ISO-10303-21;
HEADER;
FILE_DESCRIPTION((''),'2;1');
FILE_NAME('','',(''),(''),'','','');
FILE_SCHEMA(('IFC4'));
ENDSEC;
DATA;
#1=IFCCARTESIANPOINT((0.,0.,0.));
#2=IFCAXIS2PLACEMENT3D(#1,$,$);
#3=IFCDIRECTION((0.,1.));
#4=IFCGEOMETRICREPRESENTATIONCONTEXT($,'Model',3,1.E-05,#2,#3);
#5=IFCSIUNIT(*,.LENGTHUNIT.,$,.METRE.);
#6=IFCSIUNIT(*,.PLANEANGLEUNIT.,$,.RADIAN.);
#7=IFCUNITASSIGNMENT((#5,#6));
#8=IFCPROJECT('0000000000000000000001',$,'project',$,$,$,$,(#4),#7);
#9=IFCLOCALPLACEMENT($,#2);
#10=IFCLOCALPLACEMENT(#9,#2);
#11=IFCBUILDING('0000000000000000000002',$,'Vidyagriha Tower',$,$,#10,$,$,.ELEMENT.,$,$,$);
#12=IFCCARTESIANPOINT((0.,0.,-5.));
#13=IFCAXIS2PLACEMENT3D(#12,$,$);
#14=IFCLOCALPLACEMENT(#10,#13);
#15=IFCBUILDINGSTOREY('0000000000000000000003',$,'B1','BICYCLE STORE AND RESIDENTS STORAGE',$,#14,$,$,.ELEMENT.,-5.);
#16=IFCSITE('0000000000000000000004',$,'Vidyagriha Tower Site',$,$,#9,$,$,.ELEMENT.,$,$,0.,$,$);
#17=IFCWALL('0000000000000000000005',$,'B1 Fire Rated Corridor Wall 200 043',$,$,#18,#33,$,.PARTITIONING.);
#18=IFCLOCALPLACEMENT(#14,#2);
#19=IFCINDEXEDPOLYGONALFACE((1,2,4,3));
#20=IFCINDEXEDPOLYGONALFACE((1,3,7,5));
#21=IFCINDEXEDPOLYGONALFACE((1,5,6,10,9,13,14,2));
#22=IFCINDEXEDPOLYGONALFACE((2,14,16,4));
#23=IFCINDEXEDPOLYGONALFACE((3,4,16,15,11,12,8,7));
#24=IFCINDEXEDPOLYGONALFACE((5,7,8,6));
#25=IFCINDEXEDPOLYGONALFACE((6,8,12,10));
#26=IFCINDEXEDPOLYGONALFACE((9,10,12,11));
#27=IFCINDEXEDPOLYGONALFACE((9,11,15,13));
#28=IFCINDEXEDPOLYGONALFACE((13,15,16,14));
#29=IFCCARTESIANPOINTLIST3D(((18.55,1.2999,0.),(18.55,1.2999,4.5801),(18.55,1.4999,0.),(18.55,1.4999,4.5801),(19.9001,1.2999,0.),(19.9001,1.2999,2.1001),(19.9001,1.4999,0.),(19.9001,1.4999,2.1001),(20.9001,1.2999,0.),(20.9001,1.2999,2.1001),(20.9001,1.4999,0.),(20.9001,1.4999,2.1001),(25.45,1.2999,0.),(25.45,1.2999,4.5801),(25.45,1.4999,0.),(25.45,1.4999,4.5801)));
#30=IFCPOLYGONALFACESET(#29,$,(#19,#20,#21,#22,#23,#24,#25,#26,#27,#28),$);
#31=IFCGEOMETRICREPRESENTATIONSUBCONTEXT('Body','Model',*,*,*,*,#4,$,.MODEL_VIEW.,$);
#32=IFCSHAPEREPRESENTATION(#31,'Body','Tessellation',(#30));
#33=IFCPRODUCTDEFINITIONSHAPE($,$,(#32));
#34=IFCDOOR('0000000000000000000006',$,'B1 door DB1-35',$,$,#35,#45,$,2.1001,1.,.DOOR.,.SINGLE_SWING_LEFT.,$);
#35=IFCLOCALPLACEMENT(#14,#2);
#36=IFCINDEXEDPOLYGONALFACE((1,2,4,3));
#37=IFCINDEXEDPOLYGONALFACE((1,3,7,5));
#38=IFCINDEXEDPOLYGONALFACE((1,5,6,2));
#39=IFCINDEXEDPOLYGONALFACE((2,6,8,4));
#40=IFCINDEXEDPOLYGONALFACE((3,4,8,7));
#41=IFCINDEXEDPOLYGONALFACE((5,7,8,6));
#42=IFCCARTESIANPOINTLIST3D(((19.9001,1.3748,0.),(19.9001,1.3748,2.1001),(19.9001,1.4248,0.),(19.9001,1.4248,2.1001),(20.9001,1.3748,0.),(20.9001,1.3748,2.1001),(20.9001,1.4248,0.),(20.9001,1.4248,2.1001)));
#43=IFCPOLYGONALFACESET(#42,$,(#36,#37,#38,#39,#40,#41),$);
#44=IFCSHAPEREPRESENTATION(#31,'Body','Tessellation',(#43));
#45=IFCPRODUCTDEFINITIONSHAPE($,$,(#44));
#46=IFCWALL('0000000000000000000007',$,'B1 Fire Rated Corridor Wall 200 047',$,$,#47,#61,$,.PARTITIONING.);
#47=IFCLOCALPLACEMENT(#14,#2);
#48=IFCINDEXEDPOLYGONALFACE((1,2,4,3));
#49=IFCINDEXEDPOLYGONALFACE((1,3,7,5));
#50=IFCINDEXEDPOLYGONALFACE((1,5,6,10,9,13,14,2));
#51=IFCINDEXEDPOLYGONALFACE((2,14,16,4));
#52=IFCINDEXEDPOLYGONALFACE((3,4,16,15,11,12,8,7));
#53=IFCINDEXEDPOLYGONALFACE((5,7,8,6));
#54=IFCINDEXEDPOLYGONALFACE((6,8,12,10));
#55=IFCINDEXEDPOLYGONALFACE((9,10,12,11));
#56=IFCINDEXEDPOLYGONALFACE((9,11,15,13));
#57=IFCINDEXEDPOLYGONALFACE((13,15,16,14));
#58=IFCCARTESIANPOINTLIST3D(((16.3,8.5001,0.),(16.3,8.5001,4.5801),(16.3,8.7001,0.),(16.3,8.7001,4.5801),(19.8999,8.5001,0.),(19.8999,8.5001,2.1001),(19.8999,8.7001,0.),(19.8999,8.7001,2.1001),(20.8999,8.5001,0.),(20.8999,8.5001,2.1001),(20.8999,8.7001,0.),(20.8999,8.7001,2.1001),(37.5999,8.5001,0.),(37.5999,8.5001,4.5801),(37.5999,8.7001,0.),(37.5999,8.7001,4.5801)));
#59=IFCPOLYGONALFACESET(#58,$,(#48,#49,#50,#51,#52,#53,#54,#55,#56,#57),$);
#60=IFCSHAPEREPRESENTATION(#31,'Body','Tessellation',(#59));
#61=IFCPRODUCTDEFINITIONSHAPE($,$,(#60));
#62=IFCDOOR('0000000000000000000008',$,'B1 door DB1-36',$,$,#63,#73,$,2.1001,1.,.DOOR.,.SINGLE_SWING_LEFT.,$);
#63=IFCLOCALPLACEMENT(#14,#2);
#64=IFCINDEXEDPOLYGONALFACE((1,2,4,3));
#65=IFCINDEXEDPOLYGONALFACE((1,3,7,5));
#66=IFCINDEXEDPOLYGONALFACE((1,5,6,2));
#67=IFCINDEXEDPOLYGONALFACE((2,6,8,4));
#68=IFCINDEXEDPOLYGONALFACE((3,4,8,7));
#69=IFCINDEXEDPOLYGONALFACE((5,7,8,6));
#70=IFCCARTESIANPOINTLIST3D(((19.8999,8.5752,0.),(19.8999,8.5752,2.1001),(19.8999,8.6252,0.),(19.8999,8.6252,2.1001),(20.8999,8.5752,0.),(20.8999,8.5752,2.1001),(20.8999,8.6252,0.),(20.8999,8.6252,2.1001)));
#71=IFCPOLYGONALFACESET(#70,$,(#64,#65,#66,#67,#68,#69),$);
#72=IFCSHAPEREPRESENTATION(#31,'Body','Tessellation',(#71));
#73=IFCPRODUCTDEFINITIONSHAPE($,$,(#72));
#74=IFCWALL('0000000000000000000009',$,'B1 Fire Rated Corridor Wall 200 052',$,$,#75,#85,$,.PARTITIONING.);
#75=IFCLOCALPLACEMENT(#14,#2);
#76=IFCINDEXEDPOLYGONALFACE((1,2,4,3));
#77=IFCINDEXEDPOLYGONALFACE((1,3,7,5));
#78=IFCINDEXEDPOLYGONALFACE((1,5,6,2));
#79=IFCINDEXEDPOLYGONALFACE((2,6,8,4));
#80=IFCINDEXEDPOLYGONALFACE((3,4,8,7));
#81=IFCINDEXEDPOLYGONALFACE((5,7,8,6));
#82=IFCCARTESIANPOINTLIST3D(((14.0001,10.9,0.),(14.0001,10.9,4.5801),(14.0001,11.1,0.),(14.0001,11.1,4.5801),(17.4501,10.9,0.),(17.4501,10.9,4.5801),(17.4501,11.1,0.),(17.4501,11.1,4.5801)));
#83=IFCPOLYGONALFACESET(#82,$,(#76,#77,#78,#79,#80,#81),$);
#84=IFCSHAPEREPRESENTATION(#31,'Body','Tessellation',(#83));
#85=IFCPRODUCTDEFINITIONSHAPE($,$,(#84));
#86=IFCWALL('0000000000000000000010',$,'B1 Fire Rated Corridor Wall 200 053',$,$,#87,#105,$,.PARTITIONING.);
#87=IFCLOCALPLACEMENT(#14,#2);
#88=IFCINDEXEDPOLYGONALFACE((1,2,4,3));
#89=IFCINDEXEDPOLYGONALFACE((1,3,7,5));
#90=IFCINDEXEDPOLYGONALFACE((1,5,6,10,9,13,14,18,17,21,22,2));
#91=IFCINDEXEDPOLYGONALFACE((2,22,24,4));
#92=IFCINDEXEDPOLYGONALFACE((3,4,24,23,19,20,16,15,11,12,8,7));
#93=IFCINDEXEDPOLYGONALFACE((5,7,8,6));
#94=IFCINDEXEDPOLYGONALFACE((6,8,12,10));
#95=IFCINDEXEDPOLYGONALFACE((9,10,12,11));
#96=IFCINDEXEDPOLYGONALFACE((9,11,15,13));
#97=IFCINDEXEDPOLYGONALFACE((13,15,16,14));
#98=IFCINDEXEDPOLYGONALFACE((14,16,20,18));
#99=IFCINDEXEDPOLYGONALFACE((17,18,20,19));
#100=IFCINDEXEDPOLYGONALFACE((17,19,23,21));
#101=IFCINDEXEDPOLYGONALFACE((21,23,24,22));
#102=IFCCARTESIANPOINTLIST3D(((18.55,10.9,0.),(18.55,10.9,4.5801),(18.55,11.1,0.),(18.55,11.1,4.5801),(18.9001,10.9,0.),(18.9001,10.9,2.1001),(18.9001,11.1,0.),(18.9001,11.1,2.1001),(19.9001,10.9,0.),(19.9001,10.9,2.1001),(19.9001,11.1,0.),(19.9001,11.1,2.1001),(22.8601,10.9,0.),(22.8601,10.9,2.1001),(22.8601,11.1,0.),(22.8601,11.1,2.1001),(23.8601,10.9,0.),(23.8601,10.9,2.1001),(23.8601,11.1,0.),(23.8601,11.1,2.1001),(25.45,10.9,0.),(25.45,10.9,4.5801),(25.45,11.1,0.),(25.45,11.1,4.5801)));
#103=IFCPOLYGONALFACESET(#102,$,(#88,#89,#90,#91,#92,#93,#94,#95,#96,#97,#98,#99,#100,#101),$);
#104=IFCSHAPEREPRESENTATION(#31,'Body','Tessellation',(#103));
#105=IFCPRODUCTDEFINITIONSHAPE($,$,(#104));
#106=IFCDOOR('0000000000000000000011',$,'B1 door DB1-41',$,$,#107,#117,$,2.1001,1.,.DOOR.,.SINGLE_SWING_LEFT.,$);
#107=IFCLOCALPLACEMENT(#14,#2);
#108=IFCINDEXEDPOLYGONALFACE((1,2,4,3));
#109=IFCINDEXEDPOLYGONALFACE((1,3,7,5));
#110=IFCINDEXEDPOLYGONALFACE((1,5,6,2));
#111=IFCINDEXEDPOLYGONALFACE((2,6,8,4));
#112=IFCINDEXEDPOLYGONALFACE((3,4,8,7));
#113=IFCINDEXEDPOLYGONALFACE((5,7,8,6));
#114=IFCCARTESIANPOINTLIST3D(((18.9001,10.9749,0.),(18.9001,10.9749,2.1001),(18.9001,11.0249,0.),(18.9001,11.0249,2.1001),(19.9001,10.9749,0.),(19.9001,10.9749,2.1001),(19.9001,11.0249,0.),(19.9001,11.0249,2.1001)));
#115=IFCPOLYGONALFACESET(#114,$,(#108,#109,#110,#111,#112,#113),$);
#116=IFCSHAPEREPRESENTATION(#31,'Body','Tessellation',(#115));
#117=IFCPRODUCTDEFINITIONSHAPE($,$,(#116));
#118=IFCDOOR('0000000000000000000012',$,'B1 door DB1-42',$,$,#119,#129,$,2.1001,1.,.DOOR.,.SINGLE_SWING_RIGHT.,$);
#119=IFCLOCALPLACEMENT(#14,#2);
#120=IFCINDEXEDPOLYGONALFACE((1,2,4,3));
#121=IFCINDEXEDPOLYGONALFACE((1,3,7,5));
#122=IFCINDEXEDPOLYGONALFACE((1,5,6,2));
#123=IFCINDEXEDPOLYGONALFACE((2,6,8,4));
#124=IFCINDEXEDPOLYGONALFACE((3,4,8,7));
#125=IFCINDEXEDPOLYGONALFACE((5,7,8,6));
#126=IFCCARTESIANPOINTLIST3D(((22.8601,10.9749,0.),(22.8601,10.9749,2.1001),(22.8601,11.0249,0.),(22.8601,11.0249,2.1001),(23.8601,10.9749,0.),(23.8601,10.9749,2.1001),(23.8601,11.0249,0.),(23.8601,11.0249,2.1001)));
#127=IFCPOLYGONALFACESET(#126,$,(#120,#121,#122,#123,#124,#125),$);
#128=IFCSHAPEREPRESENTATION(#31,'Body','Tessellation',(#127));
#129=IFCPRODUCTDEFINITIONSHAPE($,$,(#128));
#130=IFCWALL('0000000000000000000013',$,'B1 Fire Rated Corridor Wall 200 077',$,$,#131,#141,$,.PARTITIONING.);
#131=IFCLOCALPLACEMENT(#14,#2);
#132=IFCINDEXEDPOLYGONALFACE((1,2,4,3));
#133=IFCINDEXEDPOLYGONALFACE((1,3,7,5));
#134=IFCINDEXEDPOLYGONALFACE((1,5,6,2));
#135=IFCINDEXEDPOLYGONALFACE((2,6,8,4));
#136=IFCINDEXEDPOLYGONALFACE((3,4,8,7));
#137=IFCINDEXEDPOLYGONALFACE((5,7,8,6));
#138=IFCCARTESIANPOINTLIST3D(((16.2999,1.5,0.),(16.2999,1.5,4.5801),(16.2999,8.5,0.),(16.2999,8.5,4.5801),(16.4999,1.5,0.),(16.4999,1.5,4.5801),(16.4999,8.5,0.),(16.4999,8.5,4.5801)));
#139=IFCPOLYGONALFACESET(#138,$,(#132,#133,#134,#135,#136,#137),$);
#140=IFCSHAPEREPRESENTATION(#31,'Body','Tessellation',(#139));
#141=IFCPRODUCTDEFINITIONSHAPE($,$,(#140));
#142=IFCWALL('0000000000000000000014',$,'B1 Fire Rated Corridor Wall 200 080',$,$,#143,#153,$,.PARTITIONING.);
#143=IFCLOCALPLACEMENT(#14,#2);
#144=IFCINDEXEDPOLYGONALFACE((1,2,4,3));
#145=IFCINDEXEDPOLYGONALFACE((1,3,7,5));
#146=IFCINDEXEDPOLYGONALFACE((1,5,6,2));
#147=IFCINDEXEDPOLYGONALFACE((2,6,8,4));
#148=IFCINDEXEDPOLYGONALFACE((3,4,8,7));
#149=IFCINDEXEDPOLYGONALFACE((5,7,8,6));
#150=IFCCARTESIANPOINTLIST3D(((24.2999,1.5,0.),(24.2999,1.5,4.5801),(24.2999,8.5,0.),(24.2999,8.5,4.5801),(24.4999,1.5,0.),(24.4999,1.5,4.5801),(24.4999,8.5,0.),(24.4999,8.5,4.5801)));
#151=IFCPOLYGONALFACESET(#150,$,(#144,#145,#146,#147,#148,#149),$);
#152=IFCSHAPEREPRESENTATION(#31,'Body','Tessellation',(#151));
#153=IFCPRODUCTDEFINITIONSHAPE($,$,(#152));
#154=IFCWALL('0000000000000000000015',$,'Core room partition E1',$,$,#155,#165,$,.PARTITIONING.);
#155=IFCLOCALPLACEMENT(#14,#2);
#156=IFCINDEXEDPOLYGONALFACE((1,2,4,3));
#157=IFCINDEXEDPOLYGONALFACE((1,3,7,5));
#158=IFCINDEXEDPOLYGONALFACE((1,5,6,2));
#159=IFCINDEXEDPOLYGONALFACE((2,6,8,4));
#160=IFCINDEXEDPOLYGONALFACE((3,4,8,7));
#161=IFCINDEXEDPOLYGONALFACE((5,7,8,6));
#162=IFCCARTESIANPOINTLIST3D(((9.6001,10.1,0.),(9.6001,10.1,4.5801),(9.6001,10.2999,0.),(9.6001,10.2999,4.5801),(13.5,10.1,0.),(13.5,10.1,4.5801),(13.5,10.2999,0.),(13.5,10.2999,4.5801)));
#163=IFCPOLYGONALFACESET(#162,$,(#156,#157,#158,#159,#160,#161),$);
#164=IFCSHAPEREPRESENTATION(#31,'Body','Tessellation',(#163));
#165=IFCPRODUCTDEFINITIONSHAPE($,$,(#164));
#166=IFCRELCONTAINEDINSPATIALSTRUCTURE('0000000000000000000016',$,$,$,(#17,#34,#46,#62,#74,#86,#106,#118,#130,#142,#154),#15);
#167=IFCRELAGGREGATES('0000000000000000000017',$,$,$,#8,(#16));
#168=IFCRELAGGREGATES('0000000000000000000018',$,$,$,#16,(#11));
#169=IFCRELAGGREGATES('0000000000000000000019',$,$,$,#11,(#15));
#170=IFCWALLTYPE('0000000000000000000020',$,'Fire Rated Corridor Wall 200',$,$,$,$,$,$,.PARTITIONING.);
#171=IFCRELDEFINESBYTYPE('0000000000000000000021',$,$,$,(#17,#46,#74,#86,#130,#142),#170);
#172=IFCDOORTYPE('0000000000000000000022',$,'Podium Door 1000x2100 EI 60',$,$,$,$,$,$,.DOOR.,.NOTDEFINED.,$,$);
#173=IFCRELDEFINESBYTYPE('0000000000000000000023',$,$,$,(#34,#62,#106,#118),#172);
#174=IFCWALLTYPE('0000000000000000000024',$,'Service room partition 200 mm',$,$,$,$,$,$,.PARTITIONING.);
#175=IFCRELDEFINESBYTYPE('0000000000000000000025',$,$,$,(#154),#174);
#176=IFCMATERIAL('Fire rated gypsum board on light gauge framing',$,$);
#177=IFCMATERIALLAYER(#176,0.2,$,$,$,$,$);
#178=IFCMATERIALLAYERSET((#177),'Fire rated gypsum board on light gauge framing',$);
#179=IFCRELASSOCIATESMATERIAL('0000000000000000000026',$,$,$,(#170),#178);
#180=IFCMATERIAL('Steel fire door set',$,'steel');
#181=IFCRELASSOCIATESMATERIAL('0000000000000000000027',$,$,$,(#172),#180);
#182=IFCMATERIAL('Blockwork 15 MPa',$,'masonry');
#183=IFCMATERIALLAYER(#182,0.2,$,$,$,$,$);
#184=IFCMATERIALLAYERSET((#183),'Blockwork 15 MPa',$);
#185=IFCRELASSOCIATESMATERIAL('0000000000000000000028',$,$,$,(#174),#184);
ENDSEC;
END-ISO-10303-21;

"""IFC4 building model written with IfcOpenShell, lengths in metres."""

from ifc_helpers import new_model, si_unit, direction, frame, frame_2d, origin, place, context, subcontext, project, spatial, rectangle, extrude, material, layer, layer_set, type_object, element, fill, save


model = new_model("IFC4")

# Units and contexts
model_context = context("Model", 3, precision=1e-05, world=origin(), true_north=direction((0.0, 1.0)))
body_context = subcontext(model_context, "Body", "Model", "MODEL_VIEW")
ifc_project = project(units=[si_unit("LENGTHUNIT", "METRE"), si_unit("PLANEANGLEUNIT", "RADIAN")], contexts=[model_context])

# Site, building, storey
site_placement = place(None, origin())
site = spatial("IfcSite", under=ifc_project, at=site_placement, Name="Vidyagriha Tower Site", CompositionType="ELEMENT", RefElevation=0.0)
building_placement = place(site_placement, origin())
building = spatial("IfcBuilding", under=site, at=building_placement, Name="Vidyagriha Tower", CompositionType="ELEMENT")
storey_placement = place(building_placement, frame((0.0, 0.0, -5.0)))
storey = spatial("IfcBuildingStorey", under=building, at=storey_placement, Name="B1", Description="BICYCLE STORE AND RESIDENTS STORAGE", CompositionType="ELEMENT", Elevation=-5.0)

# Shared definitions
ifc_material_1 = material(Name="Fire rated gypsum board on light gauge framing")
ifc_layer_1 = layer(ifc_material_1, 0.2)
ifc_layer_set_1 = layer_set([ifc_layer_1], Name="Fire rated gypsum board on light gauge framing")
wall_type_1 = type_object("IfcWallType", Name="Fire Rated Corridor Wall 200", PredefinedType="PARTITIONING", material=ifc_layer_set_1)

# Walls, openings, doors
wall_1_placement = place(storey_placement, frame((18.55, 1.3999, 0.0)))
wall_1 = element("IfcWall", 1, at=wall_1_placement, inside=storey, type_object=wall_type_1, Name="B1 Fire Rated Corridor Wall 200 043", PredefinedType="PARTITIONING", context=body_context, shape_type="SweptSolid", body=[
    extrude(rectangle(XDim=6.8999, YDim=0.2, at=frame_2d((3.45, 0.0))), origin(), (0.0, 0.0, 1.0), 4.5801),
])
opening_1_placement = place(wall_1_placement, frame((1.3501, 0.0, 0.0)))
opening_1 = element("IfcOpeningElement", 2, at=opening_1_placement, cuts=wall_1, PredefinedType="OPENING", context=body_context, shape_type="SweptSolid", body=[
    extrude(rectangle(XDim=1.0, YDim=2.1001, at=frame_2d((0.5, 1.05))), frame((0.0, 0.1099, 0.0), z_axis=(0.0, -1.0, 0.0), x_axis=(1.0, 0.0, 0.0)), (0.0, 0.0, 1.0), 0.22),
])
ifc_material_2 = material(Name="Steel fire door set", Category="steel")
door_type_1 = type_object("IfcDoorType", Name="Podium Door 1000x2100 EI 60", OperationType="NOTDEFINED", PredefinedType="DOOR", material=ifc_material_2)
door_1_placement = place(opening_1_placement, origin())
door_1 = element("IfcDoor", 3, at=door_1_placement, inside=storey, type_object=door_type_1, Name="B1 door DB1-35", OperationType="SINGLE_SWING_LEFT", OverallHeight=2.1001, OverallWidth=1.0, PredefinedType="DOOR", context=body_context, shape_type="SweptSolid", body=[
    extrude(rectangle(XDim=1.0, YDim=2.1001, at=frame_2d((0.5, 1.05))), frame((0.0, 0.0249, 0.0), z_axis=(0.0, -1.0, 0.0), x_axis=(1.0, 0.0, 0.0)), (0.0, 0.0, 1.0), 0.05),
])
fill(opening_1, door_1)
wall_2_placement = place(storey_placement, frame((16.3, 8.6001, 0.0)))
wall_2 = element("IfcWall", 4, at=wall_2_placement, inside=storey, type_object=wall_type_1, Name="B1 Fire Rated Corridor Wall 200 047", PredefinedType="PARTITIONING", context=body_context, shape_type="SweptSolid", body=[
    extrude(rectangle(XDim=21.2998, YDim=0.2, at=frame_2d((10.6499, 0.0))), origin(), (0.0, 0.0, 1.0), 4.5801),
])
opening_2_placement = place(wall_2_placement, frame((3.5999, 0.0, 0.0)))
opening_2 = element("IfcOpeningElement", 5, at=opening_2_placement, cuts=wall_2, PredefinedType="OPENING", context=body_context, shape_type="SweptSolid", body=[
    extrude(rectangle(XDim=1.0, YDim=2.1001, at=frame_2d((0.5, 1.05))), frame((0.0, 0.1099, 0.0), z_axis=(0.0, -1.0, 0.0), x_axis=(1.0, 0.0, 0.0)), (0.0, 0.0, 1.0), 0.22),
])
door_2_placement = place(opening_2_placement, frame((1.0, 0.0, 0.0), z_axis=(0.0, 0.0, 1.0), x_axis=(-1.0, 0.0, 0.0)))
door_2 = element("IfcDoor", 6, at=door_2_placement, inside=storey, type_object=door_type_1, Name="B1 door DB1-36", OperationType="SINGLE_SWING_LEFT", OverallHeight=2.1001, OverallWidth=1.0, PredefinedType="DOOR", context=body_context, shape_type="SweptSolid", body=[
    extrude(rectangle(XDim=1.0, YDim=2.1001, at=frame_2d((0.5, 1.05))), frame((0.0, 0.0249, 0.0), z_axis=(0.0, -1.0, 0.0), x_axis=(1.0, 0.0, 0.0)), (0.0, 0.0, 1.0), 0.05),
])
fill(opening_2, door_2)

# Wall
wall_3_placement = place(storey_placement, frame((14.0, 11.0, 0.0)))
element("IfcWall", 7, at=wall_3_placement, inside=storey, type_object=wall_type_1, Name="B1 Fire Rated Corridor Wall 200 052", PredefinedType="PARTITIONING", context=body_context, shape_type="SweptSolid", body=[
    extrude(rectangle(XDim=3.45, YDim=0.2, at=frame_2d((1.7251, 0.0))), origin(), (0.0, 0.0, 1.0), 4.5801),
])

# Wall, openings, doors
wall_4_placement = place(storey_placement, frame((18.55, 11.0, 0.0)))
wall_4 = element("IfcWall", 8, at=wall_4_placement, inside=storey, type_object=wall_type_1, Name="B1 Fire Rated Corridor Wall 200 053", PredefinedType="PARTITIONING", context=body_context, shape_type="SweptSolid", body=[
    extrude(rectangle(XDim=6.8999, YDim=0.2, at=frame_2d((3.45, 0.0))), origin(), (0.0, 0.0, 1.0), 4.5801),
])
opening_3_placement = place(wall_4_placement, frame((0.3501, 0.0, 0.0)))
opening_3 = element("IfcOpeningElement", 9, at=opening_3_placement, cuts=wall_4, PredefinedType="OPENING", context=body_context, shape_type="SweptSolid", body=[
    extrude(rectangle(XDim=1.0, YDim=2.1001, at=frame_2d((0.5, 1.05))), frame((0.0, 0.1099, 0.0), z_axis=(0.0, -1.0, 0.0), x_axis=(1.0, 0.0, 0.0)), (0.0, 0.0, 1.0), 0.22),
])
opening_4_placement = place(wall_4_placement, frame((4.3101, 0.0, 0.0)))
opening_4 = element("IfcOpeningElement", 10, at=opening_4_placement, cuts=wall_4, PredefinedType="OPENING", context=body_context, shape_type="SweptSolid", body=[
    extrude(rectangle(XDim=1.0, YDim=2.1001, at=frame_2d((0.5, 1.05))), frame((0.0, 0.1099, 0.0), z_axis=(0.0, -1.0, 0.0), x_axis=(1.0, 0.0, 0.0)), (0.0, 0.0, 1.0), 0.22),
])
door_3_placement = place(opening_3_placement, origin())
door_3 = element("IfcDoor", 11, at=door_3_placement, inside=storey, type_object=door_type_1, Name="B1 door DB1-41", OperationType="SINGLE_SWING_LEFT", OverallHeight=2.1001, OverallWidth=1.0, PredefinedType="DOOR", context=body_context, shape_type="SweptSolid", body=[
    extrude(rectangle(XDim=1.0, YDim=2.1001, at=frame_2d((0.5, 1.05))), frame((0.0, 0.0249, 0.0), z_axis=(0.0, -1.0, 0.0), x_axis=(1.0, 0.0, 0.0)), (0.0, 0.0, 1.0), 0.05),
])
fill(opening_3, door_3)
door_4_placement = place(opening_4_placement, origin())
door_4 = element("IfcDoor", 12, at=door_4_placement, inside=storey, type_object=door_type_1, Name="B1 door DB1-42", OperationType="SINGLE_SWING_RIGHT", OverallHeight=2.1001, OverallWidth=1.0, PredefinedType="DOOR", context=body_context, shape_type="SweptSolid", body=[
    extrude(rectangle(XDim=1.0, YDim=2.1001, at=frame_2d((0.5, 1.05))), frame((0.0, 0.0249, 0.0), z_axis=(0.0, -1.0, 0.0), x_axis=(1.0, 0.0, 0.0)), (0.0, 0.0, 1.0), 0.05),
])
fill(opening_4, door_4)

# Walls
for number, where, z_axis, x_axis, name in (
    (13, (16.3999, 1.5, 0.0), (0.0, 0.0, 1.0), (0.0, 1.0, 0.0), "B1 Fire Rated Corridor Wall 200 077"),
    (14, (24.3999, 1.5, 0.0), (0.0, 0.0, 1.0), (0.0, 1.0, 0.0), "B1 Fire Rated Corridor Wall 200 080"),
):
    element("IfcWall", number, at=place(storey_placement, frame(where, z_axis=z_axis, x_axis=x_axis)), inside=storey, type_object=wall_type_1, Name=name, PredefinedType="PARTITIONING", context=body_context, shape_type="SweptSolid", body=[
        extrude(rectangle(XDim=7.0, YDim=0.2, at=frame_2d((3.5, 0.0))), origin(), (0.0, 0.0, 1.0), 4.5801),
    ])
ifc_material_3 = material(Name="Blockwork 15 MPa", Category="masonry")
ifc_layer_2 = layer(ifc_material_3, 0.2)
ifc_layer_set_2 = layer_set([ifc_layer_2], Name="Blockwork 15 MPa")
wall_type_2 = type_object("IfcWallType", Name="Service room partition 200 mm", PredefinedType="PARTITIONING", material=ifc_layer_set_2)
wall_5_placement = place(storey_placement, frame((9.6001, 10.2, 0.0)))
element("IfcWall", 15, at=wall_5_placement, inside=storey, type_object=wall_type_2, Name="Core room partition E1", PredefinedType="PARTITIONING", context=body_context, shape_type="SweptSolid", body=[
    extrude(rectangle(XDim=3.8999, YDim=0.2, at=frame_2d((1.95, 0.0))), origin(), (0.0, 0.0, 1.0), 4.5801),
])

save(model, "model.ifc")
